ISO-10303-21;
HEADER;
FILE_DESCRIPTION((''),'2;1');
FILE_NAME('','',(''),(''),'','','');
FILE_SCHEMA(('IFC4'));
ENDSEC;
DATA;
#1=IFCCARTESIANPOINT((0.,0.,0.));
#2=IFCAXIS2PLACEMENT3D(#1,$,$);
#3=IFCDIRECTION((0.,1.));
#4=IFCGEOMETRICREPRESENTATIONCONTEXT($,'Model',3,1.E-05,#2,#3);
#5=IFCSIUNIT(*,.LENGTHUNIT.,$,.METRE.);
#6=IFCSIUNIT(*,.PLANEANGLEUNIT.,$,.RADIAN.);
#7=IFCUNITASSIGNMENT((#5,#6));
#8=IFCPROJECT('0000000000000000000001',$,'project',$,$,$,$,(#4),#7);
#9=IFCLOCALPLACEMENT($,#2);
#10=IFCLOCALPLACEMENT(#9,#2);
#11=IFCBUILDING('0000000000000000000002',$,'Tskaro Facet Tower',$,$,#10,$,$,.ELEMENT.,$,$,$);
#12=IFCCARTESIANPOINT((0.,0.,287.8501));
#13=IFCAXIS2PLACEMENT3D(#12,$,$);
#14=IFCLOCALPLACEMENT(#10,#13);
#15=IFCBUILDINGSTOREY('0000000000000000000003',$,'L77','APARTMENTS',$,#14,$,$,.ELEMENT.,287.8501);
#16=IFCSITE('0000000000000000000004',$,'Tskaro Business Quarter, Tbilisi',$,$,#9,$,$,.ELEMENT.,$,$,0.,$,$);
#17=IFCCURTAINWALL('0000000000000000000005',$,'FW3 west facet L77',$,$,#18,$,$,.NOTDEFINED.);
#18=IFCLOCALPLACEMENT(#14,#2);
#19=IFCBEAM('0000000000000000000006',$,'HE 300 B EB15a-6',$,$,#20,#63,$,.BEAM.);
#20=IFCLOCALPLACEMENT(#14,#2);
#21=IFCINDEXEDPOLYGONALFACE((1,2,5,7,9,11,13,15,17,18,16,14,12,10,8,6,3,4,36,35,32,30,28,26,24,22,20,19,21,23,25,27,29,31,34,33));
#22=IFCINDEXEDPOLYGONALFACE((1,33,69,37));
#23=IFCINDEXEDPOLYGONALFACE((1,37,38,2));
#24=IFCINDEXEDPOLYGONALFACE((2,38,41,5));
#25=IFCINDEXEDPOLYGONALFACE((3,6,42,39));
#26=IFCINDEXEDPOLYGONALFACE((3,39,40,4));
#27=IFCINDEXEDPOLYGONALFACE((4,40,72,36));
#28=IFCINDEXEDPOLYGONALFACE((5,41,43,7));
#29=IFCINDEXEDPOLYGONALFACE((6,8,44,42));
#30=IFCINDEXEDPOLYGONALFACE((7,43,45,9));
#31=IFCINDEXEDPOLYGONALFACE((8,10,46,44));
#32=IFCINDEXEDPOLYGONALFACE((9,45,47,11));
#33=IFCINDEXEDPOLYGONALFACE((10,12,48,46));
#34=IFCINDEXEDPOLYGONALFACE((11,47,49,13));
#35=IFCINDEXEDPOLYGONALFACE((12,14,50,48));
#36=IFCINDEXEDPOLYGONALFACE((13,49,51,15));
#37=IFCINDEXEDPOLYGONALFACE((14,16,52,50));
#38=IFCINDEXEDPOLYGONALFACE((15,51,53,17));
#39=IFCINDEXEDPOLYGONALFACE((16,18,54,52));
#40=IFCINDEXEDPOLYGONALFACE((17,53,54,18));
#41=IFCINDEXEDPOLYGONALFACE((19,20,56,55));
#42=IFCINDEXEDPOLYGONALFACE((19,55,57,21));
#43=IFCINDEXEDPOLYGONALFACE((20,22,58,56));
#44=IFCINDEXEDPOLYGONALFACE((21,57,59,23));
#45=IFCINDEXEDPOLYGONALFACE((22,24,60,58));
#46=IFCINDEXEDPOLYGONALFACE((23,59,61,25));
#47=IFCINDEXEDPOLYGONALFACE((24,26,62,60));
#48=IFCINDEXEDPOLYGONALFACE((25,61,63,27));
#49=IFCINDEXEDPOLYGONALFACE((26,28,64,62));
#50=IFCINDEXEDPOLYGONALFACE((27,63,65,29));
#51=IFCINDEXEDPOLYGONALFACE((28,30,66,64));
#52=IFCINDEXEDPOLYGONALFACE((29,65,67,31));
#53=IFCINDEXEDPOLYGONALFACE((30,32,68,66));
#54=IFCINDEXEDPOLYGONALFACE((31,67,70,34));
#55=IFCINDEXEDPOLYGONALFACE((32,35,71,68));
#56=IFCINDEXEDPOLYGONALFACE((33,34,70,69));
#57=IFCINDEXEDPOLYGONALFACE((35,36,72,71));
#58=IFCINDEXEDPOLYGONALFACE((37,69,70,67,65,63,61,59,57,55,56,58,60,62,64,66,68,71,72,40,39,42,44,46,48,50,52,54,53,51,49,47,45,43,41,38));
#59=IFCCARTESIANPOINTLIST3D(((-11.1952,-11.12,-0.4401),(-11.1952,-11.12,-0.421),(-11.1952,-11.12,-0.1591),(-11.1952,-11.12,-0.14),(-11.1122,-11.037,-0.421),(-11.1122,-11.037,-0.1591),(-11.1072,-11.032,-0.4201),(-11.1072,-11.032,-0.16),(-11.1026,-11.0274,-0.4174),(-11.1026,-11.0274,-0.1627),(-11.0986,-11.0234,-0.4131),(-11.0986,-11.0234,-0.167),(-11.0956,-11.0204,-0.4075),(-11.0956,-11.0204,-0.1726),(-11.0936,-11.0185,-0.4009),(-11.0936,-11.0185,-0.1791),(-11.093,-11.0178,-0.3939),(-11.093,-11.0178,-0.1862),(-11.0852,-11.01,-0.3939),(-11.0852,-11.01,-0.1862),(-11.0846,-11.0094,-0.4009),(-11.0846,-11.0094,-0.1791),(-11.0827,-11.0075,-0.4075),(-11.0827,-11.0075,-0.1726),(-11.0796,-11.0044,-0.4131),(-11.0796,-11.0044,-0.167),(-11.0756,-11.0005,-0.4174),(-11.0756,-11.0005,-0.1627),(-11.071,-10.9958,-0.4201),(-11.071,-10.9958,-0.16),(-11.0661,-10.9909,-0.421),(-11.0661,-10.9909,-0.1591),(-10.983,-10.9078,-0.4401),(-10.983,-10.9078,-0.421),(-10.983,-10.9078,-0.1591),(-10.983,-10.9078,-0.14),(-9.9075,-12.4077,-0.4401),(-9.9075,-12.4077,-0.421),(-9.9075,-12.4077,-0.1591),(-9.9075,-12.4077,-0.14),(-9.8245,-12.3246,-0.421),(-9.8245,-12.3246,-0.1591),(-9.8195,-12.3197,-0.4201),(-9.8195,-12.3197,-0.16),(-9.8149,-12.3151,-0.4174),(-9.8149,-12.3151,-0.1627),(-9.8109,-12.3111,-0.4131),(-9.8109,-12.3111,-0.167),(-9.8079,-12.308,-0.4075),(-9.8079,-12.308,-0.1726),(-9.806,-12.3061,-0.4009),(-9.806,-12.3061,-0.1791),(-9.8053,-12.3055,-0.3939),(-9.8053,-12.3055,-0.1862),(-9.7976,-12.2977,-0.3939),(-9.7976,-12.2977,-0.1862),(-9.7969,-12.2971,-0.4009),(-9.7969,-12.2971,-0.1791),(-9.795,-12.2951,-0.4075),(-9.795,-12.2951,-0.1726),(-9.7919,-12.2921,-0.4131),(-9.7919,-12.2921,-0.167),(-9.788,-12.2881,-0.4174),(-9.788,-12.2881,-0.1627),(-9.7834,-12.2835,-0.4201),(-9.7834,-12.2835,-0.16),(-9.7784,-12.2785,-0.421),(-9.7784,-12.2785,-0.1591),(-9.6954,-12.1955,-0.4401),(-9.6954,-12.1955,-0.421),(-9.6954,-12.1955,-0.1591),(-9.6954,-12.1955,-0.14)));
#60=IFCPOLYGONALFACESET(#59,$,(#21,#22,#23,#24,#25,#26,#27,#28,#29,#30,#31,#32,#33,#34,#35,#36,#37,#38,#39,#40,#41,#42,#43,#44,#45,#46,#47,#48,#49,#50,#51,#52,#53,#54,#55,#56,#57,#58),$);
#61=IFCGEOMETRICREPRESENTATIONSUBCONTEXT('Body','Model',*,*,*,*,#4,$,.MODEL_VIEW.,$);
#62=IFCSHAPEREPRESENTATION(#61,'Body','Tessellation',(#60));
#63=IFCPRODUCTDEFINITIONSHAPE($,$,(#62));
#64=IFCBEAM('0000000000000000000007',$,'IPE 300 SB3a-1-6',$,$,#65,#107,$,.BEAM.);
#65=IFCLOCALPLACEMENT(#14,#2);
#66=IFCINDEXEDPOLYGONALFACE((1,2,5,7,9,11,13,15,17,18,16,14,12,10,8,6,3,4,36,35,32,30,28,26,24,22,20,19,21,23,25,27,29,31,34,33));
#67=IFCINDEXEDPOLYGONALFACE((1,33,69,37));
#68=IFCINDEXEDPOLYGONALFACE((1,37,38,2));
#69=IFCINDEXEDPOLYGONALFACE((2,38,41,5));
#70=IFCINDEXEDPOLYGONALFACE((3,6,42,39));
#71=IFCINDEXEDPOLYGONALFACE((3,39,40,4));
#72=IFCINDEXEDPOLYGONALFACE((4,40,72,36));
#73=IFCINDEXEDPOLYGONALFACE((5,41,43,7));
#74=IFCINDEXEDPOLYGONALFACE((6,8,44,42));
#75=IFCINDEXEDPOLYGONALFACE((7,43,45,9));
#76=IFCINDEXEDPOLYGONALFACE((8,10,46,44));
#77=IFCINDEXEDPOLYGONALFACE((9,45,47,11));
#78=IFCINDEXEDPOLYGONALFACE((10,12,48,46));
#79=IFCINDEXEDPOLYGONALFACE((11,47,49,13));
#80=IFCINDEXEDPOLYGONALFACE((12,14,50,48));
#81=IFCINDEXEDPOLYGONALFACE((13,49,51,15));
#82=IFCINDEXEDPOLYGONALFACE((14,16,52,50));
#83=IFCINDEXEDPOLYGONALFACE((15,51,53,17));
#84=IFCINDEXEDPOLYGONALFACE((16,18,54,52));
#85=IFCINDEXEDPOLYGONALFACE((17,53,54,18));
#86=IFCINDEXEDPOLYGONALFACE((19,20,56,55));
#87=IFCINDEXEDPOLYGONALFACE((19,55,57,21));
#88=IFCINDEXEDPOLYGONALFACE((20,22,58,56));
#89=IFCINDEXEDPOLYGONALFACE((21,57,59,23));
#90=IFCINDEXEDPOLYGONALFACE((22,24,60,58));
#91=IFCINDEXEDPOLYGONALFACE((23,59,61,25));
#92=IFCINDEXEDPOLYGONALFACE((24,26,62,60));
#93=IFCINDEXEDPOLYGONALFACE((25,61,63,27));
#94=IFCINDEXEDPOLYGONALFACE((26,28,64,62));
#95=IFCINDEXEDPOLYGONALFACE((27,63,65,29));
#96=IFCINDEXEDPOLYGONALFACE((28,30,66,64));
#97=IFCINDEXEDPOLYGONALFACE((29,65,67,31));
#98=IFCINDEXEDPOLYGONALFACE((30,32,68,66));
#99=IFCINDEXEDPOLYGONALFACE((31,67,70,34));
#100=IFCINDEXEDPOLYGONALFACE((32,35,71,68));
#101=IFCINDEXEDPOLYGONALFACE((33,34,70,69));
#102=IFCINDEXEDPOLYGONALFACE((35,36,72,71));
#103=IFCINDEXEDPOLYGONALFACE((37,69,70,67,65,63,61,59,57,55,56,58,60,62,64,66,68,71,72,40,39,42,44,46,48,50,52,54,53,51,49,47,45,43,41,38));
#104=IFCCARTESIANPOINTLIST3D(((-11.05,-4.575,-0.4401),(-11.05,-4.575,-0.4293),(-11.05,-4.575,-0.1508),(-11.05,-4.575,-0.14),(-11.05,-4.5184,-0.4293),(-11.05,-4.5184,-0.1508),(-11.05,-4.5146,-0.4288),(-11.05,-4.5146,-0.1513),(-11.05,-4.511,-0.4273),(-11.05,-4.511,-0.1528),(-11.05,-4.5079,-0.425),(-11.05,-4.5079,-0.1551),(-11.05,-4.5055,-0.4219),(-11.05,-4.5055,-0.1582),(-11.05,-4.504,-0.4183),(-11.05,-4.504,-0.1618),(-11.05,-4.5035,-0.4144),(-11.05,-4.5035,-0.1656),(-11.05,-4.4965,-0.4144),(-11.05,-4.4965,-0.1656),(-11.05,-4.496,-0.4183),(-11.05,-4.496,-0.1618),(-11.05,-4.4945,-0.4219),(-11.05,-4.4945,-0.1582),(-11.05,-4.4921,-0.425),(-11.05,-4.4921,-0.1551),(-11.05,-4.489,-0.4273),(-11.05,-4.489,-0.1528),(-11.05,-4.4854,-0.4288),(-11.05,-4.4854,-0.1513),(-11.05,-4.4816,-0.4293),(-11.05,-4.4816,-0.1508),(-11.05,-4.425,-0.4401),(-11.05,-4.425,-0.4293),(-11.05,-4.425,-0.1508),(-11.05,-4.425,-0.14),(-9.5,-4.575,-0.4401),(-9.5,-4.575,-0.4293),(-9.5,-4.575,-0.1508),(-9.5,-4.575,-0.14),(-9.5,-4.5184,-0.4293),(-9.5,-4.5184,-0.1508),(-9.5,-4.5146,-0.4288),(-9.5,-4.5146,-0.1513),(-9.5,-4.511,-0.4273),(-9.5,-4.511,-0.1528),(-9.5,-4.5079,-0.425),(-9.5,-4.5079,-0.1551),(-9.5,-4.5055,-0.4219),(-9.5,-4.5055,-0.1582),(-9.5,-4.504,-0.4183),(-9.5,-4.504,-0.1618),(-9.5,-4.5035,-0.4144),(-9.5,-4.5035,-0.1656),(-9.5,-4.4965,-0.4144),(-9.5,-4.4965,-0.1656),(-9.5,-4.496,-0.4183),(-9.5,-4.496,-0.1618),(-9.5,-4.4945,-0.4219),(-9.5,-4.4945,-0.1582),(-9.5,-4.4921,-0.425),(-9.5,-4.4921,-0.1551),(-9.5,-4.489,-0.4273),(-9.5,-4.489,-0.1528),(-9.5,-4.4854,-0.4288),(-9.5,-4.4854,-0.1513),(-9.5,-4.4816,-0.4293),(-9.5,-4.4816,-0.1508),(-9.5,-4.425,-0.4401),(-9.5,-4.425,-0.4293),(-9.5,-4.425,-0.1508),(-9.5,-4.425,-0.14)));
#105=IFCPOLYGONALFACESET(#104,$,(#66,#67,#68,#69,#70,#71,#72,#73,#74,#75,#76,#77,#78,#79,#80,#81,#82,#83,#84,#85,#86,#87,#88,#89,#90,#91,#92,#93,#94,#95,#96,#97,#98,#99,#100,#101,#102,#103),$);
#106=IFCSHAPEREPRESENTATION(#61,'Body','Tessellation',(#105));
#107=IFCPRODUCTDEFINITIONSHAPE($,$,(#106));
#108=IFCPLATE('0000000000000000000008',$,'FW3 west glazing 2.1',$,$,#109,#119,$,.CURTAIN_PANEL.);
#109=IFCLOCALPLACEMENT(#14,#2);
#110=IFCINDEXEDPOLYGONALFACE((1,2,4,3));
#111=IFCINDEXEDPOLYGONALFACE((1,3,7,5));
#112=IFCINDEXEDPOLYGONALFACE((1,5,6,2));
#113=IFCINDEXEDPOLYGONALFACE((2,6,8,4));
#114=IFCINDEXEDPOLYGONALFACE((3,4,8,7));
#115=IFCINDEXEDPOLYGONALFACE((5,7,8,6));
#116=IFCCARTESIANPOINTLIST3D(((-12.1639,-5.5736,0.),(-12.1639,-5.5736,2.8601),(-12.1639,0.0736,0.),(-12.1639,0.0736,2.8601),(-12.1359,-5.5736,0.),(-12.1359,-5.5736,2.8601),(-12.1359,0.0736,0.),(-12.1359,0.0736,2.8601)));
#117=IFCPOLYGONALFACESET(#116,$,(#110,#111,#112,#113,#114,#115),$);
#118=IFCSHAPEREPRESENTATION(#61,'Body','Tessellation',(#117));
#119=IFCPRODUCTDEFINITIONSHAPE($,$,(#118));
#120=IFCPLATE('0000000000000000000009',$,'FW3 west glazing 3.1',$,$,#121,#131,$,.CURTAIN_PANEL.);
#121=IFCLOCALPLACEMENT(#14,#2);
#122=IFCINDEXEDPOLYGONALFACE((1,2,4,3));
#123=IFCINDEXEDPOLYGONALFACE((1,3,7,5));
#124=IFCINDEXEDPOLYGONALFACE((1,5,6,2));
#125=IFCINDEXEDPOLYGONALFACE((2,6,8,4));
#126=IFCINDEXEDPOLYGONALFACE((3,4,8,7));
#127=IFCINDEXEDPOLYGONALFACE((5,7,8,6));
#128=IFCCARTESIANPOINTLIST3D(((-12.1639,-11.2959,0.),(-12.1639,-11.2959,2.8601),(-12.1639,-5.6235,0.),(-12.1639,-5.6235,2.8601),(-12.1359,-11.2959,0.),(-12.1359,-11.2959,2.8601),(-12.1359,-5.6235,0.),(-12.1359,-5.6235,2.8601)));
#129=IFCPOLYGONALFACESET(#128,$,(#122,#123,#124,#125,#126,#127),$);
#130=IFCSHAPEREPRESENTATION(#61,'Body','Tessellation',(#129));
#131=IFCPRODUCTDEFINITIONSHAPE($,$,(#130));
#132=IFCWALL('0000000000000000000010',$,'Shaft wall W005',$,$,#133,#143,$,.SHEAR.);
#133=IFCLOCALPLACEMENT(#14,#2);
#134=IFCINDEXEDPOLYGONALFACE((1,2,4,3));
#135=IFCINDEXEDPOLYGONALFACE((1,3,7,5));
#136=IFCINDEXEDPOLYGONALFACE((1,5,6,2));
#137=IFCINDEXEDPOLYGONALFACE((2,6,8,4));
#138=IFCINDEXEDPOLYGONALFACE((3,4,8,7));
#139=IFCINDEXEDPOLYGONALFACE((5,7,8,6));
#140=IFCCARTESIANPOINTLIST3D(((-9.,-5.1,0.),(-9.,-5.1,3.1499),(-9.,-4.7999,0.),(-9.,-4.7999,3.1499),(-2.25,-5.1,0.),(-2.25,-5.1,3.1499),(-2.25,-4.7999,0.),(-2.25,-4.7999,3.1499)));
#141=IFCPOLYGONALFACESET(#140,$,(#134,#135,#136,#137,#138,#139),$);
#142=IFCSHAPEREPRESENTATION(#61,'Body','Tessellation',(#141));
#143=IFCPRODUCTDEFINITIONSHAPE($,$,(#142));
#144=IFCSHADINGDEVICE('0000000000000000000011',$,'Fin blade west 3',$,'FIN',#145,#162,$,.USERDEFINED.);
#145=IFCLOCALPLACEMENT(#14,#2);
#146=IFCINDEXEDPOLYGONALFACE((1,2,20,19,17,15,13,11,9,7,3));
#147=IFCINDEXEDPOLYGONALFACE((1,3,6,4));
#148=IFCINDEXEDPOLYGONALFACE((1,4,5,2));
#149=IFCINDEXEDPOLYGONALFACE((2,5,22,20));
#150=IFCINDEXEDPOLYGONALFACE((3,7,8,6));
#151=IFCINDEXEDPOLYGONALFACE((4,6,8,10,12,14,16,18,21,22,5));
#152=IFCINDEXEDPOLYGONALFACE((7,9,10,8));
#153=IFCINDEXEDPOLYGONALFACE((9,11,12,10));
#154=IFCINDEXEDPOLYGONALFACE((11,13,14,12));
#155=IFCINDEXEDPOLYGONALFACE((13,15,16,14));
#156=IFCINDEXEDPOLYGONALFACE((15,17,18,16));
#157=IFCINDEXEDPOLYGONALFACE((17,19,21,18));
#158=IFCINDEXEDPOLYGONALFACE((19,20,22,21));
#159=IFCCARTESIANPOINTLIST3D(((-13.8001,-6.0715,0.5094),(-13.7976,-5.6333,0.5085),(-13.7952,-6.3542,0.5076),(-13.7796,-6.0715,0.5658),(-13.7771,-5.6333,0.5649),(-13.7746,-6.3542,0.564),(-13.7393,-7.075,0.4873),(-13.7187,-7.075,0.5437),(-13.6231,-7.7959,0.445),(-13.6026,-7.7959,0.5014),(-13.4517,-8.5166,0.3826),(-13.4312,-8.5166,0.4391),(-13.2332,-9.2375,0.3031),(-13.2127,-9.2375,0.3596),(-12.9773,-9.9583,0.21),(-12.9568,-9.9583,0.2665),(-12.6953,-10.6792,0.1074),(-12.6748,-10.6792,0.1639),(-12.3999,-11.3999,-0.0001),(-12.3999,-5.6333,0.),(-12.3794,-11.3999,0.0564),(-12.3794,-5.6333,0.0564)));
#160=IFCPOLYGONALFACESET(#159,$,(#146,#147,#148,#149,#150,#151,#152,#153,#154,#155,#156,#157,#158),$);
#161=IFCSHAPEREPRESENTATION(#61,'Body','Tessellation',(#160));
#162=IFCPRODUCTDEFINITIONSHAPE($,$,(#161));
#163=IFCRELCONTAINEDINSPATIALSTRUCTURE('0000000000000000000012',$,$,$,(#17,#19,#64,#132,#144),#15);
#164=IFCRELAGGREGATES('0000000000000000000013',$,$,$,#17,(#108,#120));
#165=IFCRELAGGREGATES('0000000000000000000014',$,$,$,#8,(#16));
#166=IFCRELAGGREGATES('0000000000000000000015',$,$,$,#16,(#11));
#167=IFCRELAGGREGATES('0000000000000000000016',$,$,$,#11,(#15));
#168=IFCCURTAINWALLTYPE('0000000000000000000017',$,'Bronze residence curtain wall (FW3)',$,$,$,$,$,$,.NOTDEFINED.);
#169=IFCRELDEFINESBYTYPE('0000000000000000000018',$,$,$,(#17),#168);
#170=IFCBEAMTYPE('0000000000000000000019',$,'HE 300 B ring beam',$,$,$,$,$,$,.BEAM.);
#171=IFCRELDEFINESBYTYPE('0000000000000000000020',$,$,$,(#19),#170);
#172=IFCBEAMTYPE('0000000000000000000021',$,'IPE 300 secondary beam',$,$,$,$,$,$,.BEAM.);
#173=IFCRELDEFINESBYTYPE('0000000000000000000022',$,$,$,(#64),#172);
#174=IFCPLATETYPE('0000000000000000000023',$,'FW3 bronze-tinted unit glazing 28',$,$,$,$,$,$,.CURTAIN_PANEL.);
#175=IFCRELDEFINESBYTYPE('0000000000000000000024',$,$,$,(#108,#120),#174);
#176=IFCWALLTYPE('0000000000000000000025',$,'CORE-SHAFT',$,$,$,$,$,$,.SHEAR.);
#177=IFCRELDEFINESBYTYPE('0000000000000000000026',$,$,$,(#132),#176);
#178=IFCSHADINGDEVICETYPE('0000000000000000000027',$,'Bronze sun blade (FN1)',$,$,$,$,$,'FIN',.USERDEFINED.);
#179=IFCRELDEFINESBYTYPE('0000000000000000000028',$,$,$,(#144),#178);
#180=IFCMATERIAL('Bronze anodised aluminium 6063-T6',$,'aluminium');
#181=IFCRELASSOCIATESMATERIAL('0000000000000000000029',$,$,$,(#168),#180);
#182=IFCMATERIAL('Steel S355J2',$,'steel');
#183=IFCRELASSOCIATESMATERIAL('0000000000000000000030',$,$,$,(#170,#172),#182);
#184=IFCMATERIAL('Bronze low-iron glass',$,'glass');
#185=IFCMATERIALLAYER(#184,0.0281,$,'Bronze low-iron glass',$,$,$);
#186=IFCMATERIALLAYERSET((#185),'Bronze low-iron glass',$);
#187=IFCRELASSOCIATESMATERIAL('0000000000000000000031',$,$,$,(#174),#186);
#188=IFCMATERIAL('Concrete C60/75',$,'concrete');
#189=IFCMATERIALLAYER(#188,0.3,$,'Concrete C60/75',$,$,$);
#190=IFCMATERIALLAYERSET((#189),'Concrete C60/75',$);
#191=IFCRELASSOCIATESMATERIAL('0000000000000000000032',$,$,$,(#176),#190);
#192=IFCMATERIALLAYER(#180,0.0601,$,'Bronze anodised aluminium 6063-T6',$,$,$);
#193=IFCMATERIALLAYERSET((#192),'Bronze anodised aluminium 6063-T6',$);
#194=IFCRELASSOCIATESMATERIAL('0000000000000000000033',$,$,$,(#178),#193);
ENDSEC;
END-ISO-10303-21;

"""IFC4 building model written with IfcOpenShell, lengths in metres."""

from ifc_helpers import new_model, si_unit, direction, frame, frame_2d, origin, origin_2d, place, context, subcontext, project, spatial, polyline, rectangle, i_section, outline, extrude, material, layer, layer_set, material_profile, profile_set, type_object, element, aggregate, save


model = new_model("IFC4")

# Units and contexts
model_context = context("Model", 3, precision=1e-05, world=origin(), true_north=direction((0.0, 1.0)))
body_context = subcontext(model_context, "Body", "Model", "MODEL_VIEW")
ifc_project = project(units=[si_unit("LENGTHUNIT", "METRE"), si_unit("PLANEANGLEUNIT", "RADIAN")], contexts=[model_context])

# Site, building, storey
site_placement = place(None, origin())
site = spatial("IfcSite", under=ifc_project, at=site_placement, Name="Tskaro Business Quarter, Tbilisi", CompositionType="ELEMENT", RefElevation=0.0)
building_placement = place(site_placement, origin())
building = spatial("IfcBuilding", under=site, at=building_placement, Name="Tskaro Facet Tower", CompositionType="ELEMENT")
storey_placement = place(building_placement, frame((0.0, 0.0, 287.8501)))
storey = spatial("IfcBuildingStorey", under=building, at=storey_placement, Name="L77", Description="APARTMENTS", CompositionType="ELEMENT", Elevation=287.8501)

# Shared definitions
ifc_material_1 = material(Name="Steel S355J2", Category="steel")

# Curtain wall
ifc_material_2 = material(Name="Bronze anodised aluminium 6063-T6", Category="aluminium")
curtain_wall_type = type_object("IfcCurtainWallType", Name="Bronze residence curtain wall (FW3)", PredefinedType="NOTDEFINED", material=ifc_material_2)
curtain_wall_placement = place(storey_placement, origin())
curtain_wall = element("IfcCurtainWall", 1, at=curtain_wall_placement, inside=storey, type_object=curtain_wall_type, Name="FW3 west facet L77", PredefinedType="NOTDEFINED")

# Beams
ifc_material_profile_1 = material_profile(ifc_material_1, i_section(OverallWidth=0.3, OverallDepth=0.3, WebThickness=0.011, FlangeThickness=0.019, FilletRadius=0.0271, at=origin_2d()), Name="HE 300 B")
ifc_profile_set_1 = profile_set([ifc_material_profile_1], Name="Steel S355J2")
beam_type_1 = type_object("IfcBeamType", Name="HE 300 B ring beam", PredefinedType="BEAM", material=ifc_profile_set_1)
beam_1_placement = place(storey_placement, frame((-11.0891, -11.0139, -0.29), z_axis=(0.707107, -0.707107, 0.0), x_axis=(0.707107, 0.707107, 0.0)))
element("IfcBeam", 2, at=beam_1_placement, inside=storey, type_object=beam_type_1, Name="HE 300 B EB15a-6", PredefinedType="BEAM", context=body_context, shape_type="SweptSolid", body=[
    extrude(i_section(OverallWidth=0.3, OverallDepth=0.3, WebThickness=0.011, FlangeThickness=0.019, FilletRadius=0.0271, at=origin_2d()), origin(), (0.0, 0.0, 1.0), 1.821),
])
ifc_material_profile_2 = material_profile(ifc_material_1, i_section(OverallWidth=0.1499, OverallDepth=0.3, WebThickness=0.0071, FlangeThickness=0.0107, FilletRadius=0.0149, at=origin_2d()), Name="IPE 300")
ifc_profile_set_2 = profile_set([ifc_material_profile_2], Name="Steel S355J2")
beam_type_2 = type_object("IfcBeamType", Name="IPE 300 secondary beam", PredefinedType="BEAM", material=ifc_profile_set_2)
beam_2_placement = place(storey_placement, frame((-11.05, -4.5, -0.29), z_axis=(1.0, 0.0, 0.0), x_axis=(0.0, 1.0, 0.0)))
element("IfcBeam", 3, at=beam_2_placement, inside=storey, type_object=beam_type_2, Name="IPE 300 SB3a-1-6", PredefinedType="BEAM", context=body_context, shape_type="SweptSolid", body=[
    extrude(i_section(OverallWidth=0.1499, OverallDepth=0.3, WebThickness=0.0071, FlangeThickness=0.0107, FilletRadius=0.0149, at=origin_2d()), origin(), (0.0, 0.0, 1.0), 1.55),
])

# Plates
ifc_material_3 = material(Name="Bronze low-iron glass", Category="glass")
ifc_layer_1 = layer(ifc_material_3, 0.0281, Name="Bronze low-iron glass")
ifc_layer_set_1 = layer_set([ifc_layer_1], Name="Bronze low-iron glass")
plate_type = type_object("IfcPlateType", Name="FW3 bronze-tinted unit glazing 28", PredefinedType="CURTAIN_PANEL", material=ifc_layer_set_1)
plate_1_placement = place(storey_placement, frame((-12.1499, -2.75, 0.0), z_axis=(0.0, 0.0, 1.0), x_axis=(0.0, -1.0, 0.0)))
plate_1 = element("IfcPlate", 4, at=plate_1_placement, type_object=plate_type, Name="FW3 west glazing 2.1", PredefinedType="CURTAIN_PANEL", context=body_context, shape_type="SweptSolid", body=[
    extrude(rectangle(XDim=5.6472, YDim=0.0281, at=origin_2d()), origin(), (0.0, 0.0, 1.0), 2.8601),
])
plate_2_placement = place(storey_placement, frame((-12.1499, -8.4597, 0.0), z_axis=(0.0, 0.0, 1.0), x_axis=(0.0, -1.0, 0.0)))
plate_2 = element("IfcPlate", 5, at=plate_2_placement, type_object=plate_type, Name="FW3 west glazing 3.1", PredefinedType="CURTAIN_PANEL", context=body_context, shape_type="SweptSolid", body=[
    extrude(rectangle(XDim=5.6724, YDim=0.0281, at=origin_2d()), origin(), (0.0, 0.0, 1.0), 2.8601),
])
aggregate(curtain_wall, [plate_1, plate_2])

# Wall
ifc_material_4 = material(Name="Concrete C60/75", Category="concrete")
ifc_layer_2 = layer(ifc_material_4, 0.3, Name="Concrete C60/75")
ifc_layer_set_2 = layer_set([ifc_layer_2], Name="Concrete C60/75")
wall_type = type_object("IfcWallType", Name="CORE-SHAFT", PredefinedType="SHEAR", material=ifc_layer_set_2)
wall_placement = place(storey_placement, frame((-9.0, -4.95, 0.0), z_axis=(0.0, 0.0, 1.0), x_axis=(1.0, 0.0, 0.0)))
element("IfcWall", 6, at=wall_placement, inside=storey, type_object=wall_type, Name="Shaft wall W005", PredefinedType="SHEAR", context=body_context, shape_type="SweptSolid", body=[
    extrude(rectangle(XDim=6.75, YDim=0.3, at=frame_2d((3.375, 0.0))), origin(), (0.0, 0.0, 1.0), 3.1499),
])

# Shading device
ifc_layer_3 = layer(ifc_material_2, 0.0601, Name="Bronze anodised aluminium 6063-T6")
ifc_layer_set_3 = layer_set([ifc_layer_3], Name="Bronze anodised aluminium 6063-T6")
shading_device_type = type_object("IfcShadingDeviceType", Name="Bronze sun blade (FN1)", ElementType="FIN", PredefinedType="USERDEFINED", material=ifc_layer_set_3)
shading_device_placement = place(storey_placement, frame((-12.3794, -5.6333, 0.0564), z_axis=(0.341916, -0.000002, 0.93973), x_axis=(-0.000001, -1.0, -0.000002)))
element("IfcShadingDevice", 7, at=shading_device_placement, inside=storey, type_object=shading_device_type, Name="Fin blade west 3", ObjectType="FIN", PredefinedType="USERDEFINED", context=body_context, shape_type="SweptSolid", body=[
    extrude(outline(polyline([(0.0, 0.0), (5.7666, 0.0), (5.0459, -0.3143), (4.325, -0.6144), (3.6042, -0.8867), (2.8833, -1.1193), (2.1626, -1.3016), (1.4417, -1.4253), (0.7209, -1.4847), (0.4382, -1.49), (0.0, -1.4873), (0.0, 0.0)])), origin(), (0.0, 0.0, -1.0), 0.0601),
])

save(model, "model.ifc")
